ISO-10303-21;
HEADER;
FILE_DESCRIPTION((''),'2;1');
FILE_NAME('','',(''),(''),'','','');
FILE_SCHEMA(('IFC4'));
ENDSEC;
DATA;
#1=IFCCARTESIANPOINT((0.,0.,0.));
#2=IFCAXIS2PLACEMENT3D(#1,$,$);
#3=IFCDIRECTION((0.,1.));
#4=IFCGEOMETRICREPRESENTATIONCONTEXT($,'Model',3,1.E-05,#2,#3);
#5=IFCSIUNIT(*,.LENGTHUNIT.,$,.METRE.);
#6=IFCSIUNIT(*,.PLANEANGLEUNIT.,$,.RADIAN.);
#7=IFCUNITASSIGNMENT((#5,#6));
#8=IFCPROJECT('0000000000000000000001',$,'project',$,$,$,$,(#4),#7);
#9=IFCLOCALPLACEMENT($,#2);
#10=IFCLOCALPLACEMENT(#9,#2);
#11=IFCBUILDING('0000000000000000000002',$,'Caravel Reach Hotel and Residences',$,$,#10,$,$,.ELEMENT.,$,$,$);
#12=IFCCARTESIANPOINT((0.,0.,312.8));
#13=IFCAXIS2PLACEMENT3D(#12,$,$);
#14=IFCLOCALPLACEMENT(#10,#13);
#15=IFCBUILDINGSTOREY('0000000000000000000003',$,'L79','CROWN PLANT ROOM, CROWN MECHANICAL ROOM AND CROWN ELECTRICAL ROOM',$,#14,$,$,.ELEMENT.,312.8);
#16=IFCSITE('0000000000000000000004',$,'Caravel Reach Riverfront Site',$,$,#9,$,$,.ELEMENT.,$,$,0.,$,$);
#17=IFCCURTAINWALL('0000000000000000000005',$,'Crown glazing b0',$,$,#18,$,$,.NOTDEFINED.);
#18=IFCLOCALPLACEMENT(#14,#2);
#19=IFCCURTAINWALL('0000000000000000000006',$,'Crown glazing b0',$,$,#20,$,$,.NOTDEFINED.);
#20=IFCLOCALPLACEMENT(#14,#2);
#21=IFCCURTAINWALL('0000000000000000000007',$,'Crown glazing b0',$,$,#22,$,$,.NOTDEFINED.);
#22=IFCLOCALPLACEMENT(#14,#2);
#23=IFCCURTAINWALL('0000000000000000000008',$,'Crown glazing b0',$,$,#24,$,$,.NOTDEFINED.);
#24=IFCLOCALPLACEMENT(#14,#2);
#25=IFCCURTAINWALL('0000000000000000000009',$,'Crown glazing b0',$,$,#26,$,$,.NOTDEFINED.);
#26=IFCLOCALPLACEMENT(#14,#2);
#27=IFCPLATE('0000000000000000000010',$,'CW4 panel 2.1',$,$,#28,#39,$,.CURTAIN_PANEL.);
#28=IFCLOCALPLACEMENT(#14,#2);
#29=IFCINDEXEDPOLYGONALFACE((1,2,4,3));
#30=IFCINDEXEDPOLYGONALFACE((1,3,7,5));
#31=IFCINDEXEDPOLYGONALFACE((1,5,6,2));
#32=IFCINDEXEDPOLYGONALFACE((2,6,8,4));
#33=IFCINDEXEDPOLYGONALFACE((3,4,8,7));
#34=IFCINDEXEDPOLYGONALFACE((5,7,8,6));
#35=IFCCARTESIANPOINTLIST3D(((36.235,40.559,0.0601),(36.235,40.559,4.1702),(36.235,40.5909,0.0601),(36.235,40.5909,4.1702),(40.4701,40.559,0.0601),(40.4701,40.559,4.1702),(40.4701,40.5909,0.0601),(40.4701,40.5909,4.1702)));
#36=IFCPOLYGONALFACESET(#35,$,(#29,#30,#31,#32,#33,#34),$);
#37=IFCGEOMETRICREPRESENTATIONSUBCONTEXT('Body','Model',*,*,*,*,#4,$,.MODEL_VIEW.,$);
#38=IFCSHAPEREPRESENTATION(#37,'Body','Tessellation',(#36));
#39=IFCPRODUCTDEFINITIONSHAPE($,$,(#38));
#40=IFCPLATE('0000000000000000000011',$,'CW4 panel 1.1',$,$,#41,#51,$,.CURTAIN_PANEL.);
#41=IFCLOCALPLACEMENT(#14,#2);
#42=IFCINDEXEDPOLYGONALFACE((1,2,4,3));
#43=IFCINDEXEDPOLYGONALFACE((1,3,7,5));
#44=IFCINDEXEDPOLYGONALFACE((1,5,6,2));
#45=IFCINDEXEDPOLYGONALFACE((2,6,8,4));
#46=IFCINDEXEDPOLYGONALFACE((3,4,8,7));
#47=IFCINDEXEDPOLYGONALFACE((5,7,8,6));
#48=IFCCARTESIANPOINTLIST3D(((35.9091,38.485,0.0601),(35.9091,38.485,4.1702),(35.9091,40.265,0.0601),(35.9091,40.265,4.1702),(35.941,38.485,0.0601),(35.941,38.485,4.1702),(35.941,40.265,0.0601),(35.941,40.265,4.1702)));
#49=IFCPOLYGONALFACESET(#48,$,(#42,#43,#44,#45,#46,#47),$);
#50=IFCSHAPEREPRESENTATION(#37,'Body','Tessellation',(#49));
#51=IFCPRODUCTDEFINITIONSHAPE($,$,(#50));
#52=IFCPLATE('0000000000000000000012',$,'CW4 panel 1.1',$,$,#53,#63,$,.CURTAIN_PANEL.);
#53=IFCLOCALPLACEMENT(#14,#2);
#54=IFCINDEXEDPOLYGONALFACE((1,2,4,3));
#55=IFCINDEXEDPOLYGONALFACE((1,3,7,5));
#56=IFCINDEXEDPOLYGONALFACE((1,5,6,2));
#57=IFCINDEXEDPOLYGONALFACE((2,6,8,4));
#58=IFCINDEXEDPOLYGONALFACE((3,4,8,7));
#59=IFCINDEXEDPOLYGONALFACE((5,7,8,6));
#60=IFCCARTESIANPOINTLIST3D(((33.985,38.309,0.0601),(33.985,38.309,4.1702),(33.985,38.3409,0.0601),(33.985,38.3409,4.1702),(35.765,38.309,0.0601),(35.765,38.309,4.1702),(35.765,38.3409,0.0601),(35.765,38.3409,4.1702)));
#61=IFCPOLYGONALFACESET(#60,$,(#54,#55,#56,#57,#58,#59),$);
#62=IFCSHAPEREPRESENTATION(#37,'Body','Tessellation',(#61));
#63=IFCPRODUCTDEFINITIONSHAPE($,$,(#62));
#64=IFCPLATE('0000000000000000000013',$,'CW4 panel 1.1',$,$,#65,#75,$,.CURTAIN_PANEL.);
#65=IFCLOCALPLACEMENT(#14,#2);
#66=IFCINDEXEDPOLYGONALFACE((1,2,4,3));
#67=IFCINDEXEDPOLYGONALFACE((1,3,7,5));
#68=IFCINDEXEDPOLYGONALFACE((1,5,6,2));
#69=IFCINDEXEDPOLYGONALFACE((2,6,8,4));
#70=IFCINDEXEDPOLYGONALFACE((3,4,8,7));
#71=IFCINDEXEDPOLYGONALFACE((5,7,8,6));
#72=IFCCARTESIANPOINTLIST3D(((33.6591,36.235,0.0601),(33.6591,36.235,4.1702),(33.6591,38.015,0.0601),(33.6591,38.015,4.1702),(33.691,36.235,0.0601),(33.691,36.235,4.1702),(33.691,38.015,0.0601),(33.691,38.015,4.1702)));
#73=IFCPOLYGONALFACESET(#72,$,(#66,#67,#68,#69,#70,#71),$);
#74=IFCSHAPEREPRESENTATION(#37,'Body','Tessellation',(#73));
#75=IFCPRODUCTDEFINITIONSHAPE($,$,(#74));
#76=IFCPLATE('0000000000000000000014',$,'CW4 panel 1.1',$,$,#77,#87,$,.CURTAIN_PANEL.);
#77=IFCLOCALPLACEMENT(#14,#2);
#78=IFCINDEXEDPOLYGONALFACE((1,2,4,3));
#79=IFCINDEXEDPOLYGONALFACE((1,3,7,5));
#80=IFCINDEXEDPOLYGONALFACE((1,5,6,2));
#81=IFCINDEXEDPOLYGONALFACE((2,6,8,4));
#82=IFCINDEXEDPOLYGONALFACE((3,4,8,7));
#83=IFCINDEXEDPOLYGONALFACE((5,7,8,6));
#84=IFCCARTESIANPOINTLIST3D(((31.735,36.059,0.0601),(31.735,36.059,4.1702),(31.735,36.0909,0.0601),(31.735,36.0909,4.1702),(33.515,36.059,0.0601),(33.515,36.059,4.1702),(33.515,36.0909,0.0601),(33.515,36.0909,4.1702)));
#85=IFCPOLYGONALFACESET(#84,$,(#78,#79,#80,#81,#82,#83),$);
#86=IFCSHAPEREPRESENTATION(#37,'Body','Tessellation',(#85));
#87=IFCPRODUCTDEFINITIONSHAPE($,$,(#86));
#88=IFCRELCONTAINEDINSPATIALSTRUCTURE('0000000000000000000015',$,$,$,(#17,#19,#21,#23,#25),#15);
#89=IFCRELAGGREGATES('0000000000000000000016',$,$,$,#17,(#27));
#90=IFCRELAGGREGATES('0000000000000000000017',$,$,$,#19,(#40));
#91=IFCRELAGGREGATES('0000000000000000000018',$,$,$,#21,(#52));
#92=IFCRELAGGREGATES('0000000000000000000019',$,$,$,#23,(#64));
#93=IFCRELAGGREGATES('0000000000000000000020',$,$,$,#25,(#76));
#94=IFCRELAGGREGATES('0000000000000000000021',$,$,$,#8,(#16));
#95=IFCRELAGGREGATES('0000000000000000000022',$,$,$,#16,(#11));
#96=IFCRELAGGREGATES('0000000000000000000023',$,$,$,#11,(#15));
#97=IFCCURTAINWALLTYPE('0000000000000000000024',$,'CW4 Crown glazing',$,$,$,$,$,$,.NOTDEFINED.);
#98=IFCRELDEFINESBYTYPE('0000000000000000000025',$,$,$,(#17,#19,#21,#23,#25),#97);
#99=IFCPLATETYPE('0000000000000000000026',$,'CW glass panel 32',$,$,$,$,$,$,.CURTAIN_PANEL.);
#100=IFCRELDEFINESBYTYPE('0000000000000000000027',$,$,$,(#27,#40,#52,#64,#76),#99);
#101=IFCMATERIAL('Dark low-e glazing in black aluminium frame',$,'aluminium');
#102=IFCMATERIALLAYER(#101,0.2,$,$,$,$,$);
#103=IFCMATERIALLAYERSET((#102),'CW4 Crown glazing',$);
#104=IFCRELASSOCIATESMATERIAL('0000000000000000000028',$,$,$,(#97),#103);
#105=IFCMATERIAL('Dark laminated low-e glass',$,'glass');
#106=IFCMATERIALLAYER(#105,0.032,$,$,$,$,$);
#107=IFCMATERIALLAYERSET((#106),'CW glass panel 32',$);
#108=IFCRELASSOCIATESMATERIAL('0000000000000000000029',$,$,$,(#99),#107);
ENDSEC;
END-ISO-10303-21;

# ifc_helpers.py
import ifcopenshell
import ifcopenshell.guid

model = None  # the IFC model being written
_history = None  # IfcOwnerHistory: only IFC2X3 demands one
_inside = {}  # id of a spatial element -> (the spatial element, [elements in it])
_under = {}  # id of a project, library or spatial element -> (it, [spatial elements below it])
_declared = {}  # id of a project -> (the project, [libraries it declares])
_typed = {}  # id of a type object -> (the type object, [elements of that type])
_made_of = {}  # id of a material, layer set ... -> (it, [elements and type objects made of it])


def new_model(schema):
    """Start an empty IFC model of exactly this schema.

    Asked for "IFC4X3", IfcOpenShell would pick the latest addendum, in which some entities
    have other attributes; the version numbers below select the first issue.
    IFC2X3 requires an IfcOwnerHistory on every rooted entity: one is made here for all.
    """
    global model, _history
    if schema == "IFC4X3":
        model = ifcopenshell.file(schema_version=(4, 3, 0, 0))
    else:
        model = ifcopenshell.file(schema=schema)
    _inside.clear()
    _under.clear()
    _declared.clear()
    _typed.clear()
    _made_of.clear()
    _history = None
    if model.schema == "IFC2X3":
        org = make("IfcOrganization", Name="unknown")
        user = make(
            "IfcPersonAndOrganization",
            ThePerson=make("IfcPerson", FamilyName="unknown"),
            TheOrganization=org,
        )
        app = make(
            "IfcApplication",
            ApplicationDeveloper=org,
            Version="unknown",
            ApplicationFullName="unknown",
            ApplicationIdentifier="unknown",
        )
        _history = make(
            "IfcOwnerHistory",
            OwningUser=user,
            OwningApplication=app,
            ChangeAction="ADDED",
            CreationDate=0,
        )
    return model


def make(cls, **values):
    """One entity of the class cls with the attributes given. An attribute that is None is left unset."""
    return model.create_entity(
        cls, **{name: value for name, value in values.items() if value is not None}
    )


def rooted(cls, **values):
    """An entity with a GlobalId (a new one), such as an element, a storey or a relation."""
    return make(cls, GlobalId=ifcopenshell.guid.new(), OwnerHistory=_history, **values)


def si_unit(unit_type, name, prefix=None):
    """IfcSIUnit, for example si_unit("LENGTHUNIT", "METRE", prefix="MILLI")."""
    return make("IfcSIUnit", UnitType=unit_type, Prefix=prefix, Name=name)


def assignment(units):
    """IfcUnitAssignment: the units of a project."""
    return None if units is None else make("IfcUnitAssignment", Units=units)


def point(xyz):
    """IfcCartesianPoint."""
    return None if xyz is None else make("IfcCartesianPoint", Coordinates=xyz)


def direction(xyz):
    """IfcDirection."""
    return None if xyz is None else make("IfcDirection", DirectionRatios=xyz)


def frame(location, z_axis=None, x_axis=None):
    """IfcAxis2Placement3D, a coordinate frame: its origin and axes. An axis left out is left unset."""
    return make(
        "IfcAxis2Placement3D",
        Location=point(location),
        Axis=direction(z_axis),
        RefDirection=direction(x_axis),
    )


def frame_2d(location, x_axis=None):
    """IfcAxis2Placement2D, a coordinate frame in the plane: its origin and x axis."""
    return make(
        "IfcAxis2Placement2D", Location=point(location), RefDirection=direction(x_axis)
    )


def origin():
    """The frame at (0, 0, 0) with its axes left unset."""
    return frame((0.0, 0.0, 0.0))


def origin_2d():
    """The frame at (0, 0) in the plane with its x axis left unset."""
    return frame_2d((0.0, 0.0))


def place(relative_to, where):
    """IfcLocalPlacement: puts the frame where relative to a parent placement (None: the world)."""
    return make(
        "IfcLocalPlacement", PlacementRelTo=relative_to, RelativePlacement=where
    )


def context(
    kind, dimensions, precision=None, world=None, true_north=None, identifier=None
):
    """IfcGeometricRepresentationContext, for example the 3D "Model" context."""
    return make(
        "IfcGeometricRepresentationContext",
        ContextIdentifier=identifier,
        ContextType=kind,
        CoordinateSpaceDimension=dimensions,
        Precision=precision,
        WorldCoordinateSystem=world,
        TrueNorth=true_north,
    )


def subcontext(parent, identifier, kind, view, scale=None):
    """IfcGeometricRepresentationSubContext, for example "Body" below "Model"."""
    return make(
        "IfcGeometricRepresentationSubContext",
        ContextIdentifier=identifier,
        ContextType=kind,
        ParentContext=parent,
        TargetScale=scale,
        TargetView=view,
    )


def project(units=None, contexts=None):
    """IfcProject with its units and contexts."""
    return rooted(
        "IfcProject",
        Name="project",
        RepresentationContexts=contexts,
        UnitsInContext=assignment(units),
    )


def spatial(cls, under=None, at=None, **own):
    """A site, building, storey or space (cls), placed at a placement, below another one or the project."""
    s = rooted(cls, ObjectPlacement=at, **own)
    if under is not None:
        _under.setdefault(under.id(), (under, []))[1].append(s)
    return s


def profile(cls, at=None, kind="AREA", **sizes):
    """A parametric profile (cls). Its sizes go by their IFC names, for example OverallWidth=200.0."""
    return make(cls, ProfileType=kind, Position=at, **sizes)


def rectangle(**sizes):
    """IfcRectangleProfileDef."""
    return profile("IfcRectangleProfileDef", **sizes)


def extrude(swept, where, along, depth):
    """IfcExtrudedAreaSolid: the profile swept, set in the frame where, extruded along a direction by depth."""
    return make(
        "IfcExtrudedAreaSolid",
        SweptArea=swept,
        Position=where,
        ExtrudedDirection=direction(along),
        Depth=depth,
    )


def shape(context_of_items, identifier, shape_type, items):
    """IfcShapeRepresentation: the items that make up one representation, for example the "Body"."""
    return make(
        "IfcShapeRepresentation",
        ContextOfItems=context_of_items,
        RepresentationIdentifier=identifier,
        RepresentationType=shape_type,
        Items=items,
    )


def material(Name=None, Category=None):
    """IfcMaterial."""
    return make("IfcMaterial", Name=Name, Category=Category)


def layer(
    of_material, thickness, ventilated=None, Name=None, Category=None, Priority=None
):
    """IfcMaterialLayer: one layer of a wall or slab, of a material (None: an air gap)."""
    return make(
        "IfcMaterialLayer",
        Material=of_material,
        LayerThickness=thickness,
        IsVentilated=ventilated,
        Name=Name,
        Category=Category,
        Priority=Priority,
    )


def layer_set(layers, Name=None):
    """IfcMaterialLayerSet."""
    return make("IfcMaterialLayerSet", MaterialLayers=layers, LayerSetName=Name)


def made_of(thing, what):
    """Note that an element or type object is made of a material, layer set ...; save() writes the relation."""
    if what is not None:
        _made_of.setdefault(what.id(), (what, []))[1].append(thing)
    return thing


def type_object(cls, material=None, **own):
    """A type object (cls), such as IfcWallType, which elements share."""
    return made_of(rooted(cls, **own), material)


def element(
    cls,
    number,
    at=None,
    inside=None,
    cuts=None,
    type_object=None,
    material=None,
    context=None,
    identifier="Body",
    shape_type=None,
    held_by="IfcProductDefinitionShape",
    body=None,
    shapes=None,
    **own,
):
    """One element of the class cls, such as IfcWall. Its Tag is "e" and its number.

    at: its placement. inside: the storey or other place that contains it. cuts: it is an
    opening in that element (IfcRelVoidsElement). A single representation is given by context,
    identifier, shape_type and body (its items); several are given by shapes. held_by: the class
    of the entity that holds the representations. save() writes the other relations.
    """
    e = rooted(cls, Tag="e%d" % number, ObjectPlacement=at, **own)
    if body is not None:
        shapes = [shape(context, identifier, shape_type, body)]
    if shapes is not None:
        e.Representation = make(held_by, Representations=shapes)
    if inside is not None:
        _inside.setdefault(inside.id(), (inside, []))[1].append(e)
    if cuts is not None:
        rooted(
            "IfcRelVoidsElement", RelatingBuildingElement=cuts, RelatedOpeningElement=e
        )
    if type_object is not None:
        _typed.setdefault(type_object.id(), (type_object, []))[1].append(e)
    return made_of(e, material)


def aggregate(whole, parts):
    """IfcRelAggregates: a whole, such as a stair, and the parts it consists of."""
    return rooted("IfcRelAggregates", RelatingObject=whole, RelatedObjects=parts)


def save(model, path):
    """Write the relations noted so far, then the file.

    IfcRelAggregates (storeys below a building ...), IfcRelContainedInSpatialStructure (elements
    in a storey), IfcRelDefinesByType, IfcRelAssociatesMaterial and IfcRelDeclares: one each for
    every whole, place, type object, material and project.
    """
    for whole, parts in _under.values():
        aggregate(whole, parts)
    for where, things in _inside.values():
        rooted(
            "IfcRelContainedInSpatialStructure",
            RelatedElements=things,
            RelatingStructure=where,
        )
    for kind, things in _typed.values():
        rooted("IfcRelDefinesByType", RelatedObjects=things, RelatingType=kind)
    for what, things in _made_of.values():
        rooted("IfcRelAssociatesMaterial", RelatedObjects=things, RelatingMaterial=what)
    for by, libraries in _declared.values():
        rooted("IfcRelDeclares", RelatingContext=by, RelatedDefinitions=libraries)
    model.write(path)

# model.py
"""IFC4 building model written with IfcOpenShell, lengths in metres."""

from ifc_helpers import new_model, si_unit, direction, frame, origin, origin_2d, place, context, subcontext, project, spatial, rectangle, extrude, material, layer, layer_set, type_object, element, aggregate, save


model = new_model("IFC4")

# Units and contexts
model_context = context("Model", 3, precision=1e-05, world=origin(), true_north=direction((0.0, 1.0)))
body_context = subcontext(model_context, "Body", "Model", "MODEL_VIEW")
ifc_project = project(units=[si_unit("LENGTHUNIT", "METRE"), si_unit("PLANEANGLEUNIT", "RADIAN")], contexts=[model_context])

# Site, building, storey
site_placement = place(None, origin())
site = spatial("IfcSite", under=ifc_project, at=site_placement, Name="Caravel Reach Riverfront Site", CompositionType="ELEMENT", RefElevation=0.0)
building_placement = place(site_placement, origin())
building = spatial("IfcBuilding", under=site, at=building_placement, Name="Caravel Reach Hotel and Residences", CompositionType="ELEMENT")
storey_placement = place(building_placement, frame((0.0, 0.0, 312.8)))
storey = spatial("IfcBuildingStorey", under=building, at=storey_placement, Name="L79", Description="CROWN PLANT ROOM, CROWN MECHANICAL ROOM AND CROWN ELECTRICAL ROOM", CompositionType="ELEMENT", Elevation=312.8)

# Curtain walls
ifc_material_1 = material(Name="Dark low-e glazing in black aluminium frame", Category="aluminium")
ifc_layer_1 = layer(ifc_material_1, 0.2)
ifc_layer_set_1 = layer_set([ifc_layer_1], Name="CW4 Crown glazing")
curtain_wall_type = type_object("IfcCurtainWallType", Name="CW4 Crown glazing", PredefinedType="NOTDEFINED", material=ifc_layer_set_1)
curtain_wall_1_placement = place(storey_placement, origin())
curtain_wall_1 = element("IfcCurtainWall", 1, at=curtain_wall_1_placement, inside=storey, type_object=curtain_wall_type, Name="Crown glazing b0", PredefinedType="NOTDEFINED")
curtain_wall_2_placement = place(storey_placement, origin())
curtain_wall_2 = element("IfcCurtainWall", 2, at=curtain_wall_2_placement, inside=storey, type_object=curtain_wall_type, Name="Crown glazing b0", PredefinedType="NOTDEFINED")
curtain_wall_3_placement = place(storey_placement, origin())
curtain_wall_3 = element("IfcCurtainWall", 3, at=curtain_wall_3_placement, inside=storey, type_object=curtain_wall_type, Name="Crown glazing b0", PredefinedType="NOTDEFINED")
curtain_wall_4_placement = place(storey_placement, origin())
curtain_wall_4 = element("IfcCurtainWall", 4, at=curtain_wall_4_placement, inside=storey, type_object=curtain_wall_type, Name="Crown glazing b0", PredefinedType="NOTDEFINED")

# Curtain wall
curtain_wall_5_placement = place(storey_placement, origin())
curtain_wall_5 = element("IfcCurtainWall", 5, at=curtain_wall_5_placement, inside=storey, type_object=curtain_wall_type, Name="Crown glazing b0", PredefinedType="NOTDEFINED")

# Plates
ifc_material_2 = material(Name="Dark laminated low-e glass", Category="glass")
ifc_layer_2 = layer(ifc_material_2, 0.032)
ifc_layer_set_2 = layer_set([ifc_layer_2], Name="CW glass panel 32")
plate_type = type_object("IfcPlateType", Name="CW glass panel 32", PredefinedType="CURTAIN_PANEL", material=ifc_layer_set_2)
plate_1_placement = place(storey_placement, frame((38.3525, 40.575, 0.0601), z_axis=(0.0, 0.0, 1.0), x_axis=(-1.0, 0.0, 0.0)))
plate_1 = element("IfcPlate", 6, at=plate_1_placement, type_object=plate_type, Name="CW4 panel 2.1", PredefinedType="CURTAIN_PANEL", context=body_context, shape_type="SweptSolid", body=[
    extrude(rectangle(XDim=4.2351, YDim=0.032, at=origin_2d()), origin(), (0.0, 0.0, 1.0), 4.1101),
])
aggregate(curtain_wall_1, [plate_1])
plate_2_placement = place(storey_placement, frame((35.925, 39.375, 0.0601), z_axis=(0.0, 0.0, 1.0), x_axis=(0.0, -1.0, 0.0)))
plate_2 = element("IfcPlate", 7, at=plate_2_placement, type_object=plate_type, Name="CW4 panel 1.1", PredefinedType="CURTAIN_PANEL", context=body_context, shape_type="SweptSolid", body=[
    extrude(rectangle(XDim=1.78, YDim=0.032, at=origin_2d()), origin(), (0.0, 0.0, 1.0), 4.1101),
])
aggregate(curtain_wall_2, [plate_2])
plate_3_placement = place(storey_placement, frame((34.875, 38.325, 0.0601), z_axis=(0.0, 0.0, 1.0), x_axis=(-1.0, 0.0, 0.0)))
plate_3 = element("IfcPlate", 8, at=plate_3_placement, type_object=plate_type, Name="CW4 panel 1.1", PredefinedType="CURTAIN_PANEL", context=body_context, shape_type="SweptSolid", body=[
    extrude(rectangle(XDim=1.78, YDim=0.032, at=origin_2d()), origin(), (0.0, 0.0, 1.0), 4.1101),
])
aggregate(curtain_wall_3, [plate_3])
plate_4_placement = place(storey_placement, frame((33.675, 37.125, 0.0601), z_axis=(0.0, 0.0, 1.0), x_axis=(0.0, -1.0, 0.0)))
plate_4 = element("IfcPlate", 9, at=plate_4_placement, type_object=plate_type, Name="CW4 panel 1.1", PredefinedType="CURTAIN_PANEL", context=body_context, shape_type="SweptSolid", body=[
    extrude(rectangle(XDim=1.78, YDim=0.032, at=origin_2d()), origin(), (0.0, 0.0, 1.0), 4.1101),
])
aggregate(curtain_wall_4, [plate_4])
plate_5_placement = place(storey_placement, frame((32.625, 36.075, 0.0601), z_axis=(0.0, 0.0, 1.0), x_axis=(-1.0, 0.0, 0.0)))
plate_5 = element("IfcPlate", 10, at=plate_5_placement, type_object=plate_type, Name="CW4 panel 1.1", PredefinedType="CURTAIN_PANEL", context=body_context, shape_type="SweptSolid", body=[
    extrude(rectangle(XDim=1.78, YDim=0.032, at=origin_2d()), origin(), (0.0, 0.0, 1.0), 4.1101),
])
aggregate(curtain_wall_5, [plate_5])

save(model, "model.ifc")
